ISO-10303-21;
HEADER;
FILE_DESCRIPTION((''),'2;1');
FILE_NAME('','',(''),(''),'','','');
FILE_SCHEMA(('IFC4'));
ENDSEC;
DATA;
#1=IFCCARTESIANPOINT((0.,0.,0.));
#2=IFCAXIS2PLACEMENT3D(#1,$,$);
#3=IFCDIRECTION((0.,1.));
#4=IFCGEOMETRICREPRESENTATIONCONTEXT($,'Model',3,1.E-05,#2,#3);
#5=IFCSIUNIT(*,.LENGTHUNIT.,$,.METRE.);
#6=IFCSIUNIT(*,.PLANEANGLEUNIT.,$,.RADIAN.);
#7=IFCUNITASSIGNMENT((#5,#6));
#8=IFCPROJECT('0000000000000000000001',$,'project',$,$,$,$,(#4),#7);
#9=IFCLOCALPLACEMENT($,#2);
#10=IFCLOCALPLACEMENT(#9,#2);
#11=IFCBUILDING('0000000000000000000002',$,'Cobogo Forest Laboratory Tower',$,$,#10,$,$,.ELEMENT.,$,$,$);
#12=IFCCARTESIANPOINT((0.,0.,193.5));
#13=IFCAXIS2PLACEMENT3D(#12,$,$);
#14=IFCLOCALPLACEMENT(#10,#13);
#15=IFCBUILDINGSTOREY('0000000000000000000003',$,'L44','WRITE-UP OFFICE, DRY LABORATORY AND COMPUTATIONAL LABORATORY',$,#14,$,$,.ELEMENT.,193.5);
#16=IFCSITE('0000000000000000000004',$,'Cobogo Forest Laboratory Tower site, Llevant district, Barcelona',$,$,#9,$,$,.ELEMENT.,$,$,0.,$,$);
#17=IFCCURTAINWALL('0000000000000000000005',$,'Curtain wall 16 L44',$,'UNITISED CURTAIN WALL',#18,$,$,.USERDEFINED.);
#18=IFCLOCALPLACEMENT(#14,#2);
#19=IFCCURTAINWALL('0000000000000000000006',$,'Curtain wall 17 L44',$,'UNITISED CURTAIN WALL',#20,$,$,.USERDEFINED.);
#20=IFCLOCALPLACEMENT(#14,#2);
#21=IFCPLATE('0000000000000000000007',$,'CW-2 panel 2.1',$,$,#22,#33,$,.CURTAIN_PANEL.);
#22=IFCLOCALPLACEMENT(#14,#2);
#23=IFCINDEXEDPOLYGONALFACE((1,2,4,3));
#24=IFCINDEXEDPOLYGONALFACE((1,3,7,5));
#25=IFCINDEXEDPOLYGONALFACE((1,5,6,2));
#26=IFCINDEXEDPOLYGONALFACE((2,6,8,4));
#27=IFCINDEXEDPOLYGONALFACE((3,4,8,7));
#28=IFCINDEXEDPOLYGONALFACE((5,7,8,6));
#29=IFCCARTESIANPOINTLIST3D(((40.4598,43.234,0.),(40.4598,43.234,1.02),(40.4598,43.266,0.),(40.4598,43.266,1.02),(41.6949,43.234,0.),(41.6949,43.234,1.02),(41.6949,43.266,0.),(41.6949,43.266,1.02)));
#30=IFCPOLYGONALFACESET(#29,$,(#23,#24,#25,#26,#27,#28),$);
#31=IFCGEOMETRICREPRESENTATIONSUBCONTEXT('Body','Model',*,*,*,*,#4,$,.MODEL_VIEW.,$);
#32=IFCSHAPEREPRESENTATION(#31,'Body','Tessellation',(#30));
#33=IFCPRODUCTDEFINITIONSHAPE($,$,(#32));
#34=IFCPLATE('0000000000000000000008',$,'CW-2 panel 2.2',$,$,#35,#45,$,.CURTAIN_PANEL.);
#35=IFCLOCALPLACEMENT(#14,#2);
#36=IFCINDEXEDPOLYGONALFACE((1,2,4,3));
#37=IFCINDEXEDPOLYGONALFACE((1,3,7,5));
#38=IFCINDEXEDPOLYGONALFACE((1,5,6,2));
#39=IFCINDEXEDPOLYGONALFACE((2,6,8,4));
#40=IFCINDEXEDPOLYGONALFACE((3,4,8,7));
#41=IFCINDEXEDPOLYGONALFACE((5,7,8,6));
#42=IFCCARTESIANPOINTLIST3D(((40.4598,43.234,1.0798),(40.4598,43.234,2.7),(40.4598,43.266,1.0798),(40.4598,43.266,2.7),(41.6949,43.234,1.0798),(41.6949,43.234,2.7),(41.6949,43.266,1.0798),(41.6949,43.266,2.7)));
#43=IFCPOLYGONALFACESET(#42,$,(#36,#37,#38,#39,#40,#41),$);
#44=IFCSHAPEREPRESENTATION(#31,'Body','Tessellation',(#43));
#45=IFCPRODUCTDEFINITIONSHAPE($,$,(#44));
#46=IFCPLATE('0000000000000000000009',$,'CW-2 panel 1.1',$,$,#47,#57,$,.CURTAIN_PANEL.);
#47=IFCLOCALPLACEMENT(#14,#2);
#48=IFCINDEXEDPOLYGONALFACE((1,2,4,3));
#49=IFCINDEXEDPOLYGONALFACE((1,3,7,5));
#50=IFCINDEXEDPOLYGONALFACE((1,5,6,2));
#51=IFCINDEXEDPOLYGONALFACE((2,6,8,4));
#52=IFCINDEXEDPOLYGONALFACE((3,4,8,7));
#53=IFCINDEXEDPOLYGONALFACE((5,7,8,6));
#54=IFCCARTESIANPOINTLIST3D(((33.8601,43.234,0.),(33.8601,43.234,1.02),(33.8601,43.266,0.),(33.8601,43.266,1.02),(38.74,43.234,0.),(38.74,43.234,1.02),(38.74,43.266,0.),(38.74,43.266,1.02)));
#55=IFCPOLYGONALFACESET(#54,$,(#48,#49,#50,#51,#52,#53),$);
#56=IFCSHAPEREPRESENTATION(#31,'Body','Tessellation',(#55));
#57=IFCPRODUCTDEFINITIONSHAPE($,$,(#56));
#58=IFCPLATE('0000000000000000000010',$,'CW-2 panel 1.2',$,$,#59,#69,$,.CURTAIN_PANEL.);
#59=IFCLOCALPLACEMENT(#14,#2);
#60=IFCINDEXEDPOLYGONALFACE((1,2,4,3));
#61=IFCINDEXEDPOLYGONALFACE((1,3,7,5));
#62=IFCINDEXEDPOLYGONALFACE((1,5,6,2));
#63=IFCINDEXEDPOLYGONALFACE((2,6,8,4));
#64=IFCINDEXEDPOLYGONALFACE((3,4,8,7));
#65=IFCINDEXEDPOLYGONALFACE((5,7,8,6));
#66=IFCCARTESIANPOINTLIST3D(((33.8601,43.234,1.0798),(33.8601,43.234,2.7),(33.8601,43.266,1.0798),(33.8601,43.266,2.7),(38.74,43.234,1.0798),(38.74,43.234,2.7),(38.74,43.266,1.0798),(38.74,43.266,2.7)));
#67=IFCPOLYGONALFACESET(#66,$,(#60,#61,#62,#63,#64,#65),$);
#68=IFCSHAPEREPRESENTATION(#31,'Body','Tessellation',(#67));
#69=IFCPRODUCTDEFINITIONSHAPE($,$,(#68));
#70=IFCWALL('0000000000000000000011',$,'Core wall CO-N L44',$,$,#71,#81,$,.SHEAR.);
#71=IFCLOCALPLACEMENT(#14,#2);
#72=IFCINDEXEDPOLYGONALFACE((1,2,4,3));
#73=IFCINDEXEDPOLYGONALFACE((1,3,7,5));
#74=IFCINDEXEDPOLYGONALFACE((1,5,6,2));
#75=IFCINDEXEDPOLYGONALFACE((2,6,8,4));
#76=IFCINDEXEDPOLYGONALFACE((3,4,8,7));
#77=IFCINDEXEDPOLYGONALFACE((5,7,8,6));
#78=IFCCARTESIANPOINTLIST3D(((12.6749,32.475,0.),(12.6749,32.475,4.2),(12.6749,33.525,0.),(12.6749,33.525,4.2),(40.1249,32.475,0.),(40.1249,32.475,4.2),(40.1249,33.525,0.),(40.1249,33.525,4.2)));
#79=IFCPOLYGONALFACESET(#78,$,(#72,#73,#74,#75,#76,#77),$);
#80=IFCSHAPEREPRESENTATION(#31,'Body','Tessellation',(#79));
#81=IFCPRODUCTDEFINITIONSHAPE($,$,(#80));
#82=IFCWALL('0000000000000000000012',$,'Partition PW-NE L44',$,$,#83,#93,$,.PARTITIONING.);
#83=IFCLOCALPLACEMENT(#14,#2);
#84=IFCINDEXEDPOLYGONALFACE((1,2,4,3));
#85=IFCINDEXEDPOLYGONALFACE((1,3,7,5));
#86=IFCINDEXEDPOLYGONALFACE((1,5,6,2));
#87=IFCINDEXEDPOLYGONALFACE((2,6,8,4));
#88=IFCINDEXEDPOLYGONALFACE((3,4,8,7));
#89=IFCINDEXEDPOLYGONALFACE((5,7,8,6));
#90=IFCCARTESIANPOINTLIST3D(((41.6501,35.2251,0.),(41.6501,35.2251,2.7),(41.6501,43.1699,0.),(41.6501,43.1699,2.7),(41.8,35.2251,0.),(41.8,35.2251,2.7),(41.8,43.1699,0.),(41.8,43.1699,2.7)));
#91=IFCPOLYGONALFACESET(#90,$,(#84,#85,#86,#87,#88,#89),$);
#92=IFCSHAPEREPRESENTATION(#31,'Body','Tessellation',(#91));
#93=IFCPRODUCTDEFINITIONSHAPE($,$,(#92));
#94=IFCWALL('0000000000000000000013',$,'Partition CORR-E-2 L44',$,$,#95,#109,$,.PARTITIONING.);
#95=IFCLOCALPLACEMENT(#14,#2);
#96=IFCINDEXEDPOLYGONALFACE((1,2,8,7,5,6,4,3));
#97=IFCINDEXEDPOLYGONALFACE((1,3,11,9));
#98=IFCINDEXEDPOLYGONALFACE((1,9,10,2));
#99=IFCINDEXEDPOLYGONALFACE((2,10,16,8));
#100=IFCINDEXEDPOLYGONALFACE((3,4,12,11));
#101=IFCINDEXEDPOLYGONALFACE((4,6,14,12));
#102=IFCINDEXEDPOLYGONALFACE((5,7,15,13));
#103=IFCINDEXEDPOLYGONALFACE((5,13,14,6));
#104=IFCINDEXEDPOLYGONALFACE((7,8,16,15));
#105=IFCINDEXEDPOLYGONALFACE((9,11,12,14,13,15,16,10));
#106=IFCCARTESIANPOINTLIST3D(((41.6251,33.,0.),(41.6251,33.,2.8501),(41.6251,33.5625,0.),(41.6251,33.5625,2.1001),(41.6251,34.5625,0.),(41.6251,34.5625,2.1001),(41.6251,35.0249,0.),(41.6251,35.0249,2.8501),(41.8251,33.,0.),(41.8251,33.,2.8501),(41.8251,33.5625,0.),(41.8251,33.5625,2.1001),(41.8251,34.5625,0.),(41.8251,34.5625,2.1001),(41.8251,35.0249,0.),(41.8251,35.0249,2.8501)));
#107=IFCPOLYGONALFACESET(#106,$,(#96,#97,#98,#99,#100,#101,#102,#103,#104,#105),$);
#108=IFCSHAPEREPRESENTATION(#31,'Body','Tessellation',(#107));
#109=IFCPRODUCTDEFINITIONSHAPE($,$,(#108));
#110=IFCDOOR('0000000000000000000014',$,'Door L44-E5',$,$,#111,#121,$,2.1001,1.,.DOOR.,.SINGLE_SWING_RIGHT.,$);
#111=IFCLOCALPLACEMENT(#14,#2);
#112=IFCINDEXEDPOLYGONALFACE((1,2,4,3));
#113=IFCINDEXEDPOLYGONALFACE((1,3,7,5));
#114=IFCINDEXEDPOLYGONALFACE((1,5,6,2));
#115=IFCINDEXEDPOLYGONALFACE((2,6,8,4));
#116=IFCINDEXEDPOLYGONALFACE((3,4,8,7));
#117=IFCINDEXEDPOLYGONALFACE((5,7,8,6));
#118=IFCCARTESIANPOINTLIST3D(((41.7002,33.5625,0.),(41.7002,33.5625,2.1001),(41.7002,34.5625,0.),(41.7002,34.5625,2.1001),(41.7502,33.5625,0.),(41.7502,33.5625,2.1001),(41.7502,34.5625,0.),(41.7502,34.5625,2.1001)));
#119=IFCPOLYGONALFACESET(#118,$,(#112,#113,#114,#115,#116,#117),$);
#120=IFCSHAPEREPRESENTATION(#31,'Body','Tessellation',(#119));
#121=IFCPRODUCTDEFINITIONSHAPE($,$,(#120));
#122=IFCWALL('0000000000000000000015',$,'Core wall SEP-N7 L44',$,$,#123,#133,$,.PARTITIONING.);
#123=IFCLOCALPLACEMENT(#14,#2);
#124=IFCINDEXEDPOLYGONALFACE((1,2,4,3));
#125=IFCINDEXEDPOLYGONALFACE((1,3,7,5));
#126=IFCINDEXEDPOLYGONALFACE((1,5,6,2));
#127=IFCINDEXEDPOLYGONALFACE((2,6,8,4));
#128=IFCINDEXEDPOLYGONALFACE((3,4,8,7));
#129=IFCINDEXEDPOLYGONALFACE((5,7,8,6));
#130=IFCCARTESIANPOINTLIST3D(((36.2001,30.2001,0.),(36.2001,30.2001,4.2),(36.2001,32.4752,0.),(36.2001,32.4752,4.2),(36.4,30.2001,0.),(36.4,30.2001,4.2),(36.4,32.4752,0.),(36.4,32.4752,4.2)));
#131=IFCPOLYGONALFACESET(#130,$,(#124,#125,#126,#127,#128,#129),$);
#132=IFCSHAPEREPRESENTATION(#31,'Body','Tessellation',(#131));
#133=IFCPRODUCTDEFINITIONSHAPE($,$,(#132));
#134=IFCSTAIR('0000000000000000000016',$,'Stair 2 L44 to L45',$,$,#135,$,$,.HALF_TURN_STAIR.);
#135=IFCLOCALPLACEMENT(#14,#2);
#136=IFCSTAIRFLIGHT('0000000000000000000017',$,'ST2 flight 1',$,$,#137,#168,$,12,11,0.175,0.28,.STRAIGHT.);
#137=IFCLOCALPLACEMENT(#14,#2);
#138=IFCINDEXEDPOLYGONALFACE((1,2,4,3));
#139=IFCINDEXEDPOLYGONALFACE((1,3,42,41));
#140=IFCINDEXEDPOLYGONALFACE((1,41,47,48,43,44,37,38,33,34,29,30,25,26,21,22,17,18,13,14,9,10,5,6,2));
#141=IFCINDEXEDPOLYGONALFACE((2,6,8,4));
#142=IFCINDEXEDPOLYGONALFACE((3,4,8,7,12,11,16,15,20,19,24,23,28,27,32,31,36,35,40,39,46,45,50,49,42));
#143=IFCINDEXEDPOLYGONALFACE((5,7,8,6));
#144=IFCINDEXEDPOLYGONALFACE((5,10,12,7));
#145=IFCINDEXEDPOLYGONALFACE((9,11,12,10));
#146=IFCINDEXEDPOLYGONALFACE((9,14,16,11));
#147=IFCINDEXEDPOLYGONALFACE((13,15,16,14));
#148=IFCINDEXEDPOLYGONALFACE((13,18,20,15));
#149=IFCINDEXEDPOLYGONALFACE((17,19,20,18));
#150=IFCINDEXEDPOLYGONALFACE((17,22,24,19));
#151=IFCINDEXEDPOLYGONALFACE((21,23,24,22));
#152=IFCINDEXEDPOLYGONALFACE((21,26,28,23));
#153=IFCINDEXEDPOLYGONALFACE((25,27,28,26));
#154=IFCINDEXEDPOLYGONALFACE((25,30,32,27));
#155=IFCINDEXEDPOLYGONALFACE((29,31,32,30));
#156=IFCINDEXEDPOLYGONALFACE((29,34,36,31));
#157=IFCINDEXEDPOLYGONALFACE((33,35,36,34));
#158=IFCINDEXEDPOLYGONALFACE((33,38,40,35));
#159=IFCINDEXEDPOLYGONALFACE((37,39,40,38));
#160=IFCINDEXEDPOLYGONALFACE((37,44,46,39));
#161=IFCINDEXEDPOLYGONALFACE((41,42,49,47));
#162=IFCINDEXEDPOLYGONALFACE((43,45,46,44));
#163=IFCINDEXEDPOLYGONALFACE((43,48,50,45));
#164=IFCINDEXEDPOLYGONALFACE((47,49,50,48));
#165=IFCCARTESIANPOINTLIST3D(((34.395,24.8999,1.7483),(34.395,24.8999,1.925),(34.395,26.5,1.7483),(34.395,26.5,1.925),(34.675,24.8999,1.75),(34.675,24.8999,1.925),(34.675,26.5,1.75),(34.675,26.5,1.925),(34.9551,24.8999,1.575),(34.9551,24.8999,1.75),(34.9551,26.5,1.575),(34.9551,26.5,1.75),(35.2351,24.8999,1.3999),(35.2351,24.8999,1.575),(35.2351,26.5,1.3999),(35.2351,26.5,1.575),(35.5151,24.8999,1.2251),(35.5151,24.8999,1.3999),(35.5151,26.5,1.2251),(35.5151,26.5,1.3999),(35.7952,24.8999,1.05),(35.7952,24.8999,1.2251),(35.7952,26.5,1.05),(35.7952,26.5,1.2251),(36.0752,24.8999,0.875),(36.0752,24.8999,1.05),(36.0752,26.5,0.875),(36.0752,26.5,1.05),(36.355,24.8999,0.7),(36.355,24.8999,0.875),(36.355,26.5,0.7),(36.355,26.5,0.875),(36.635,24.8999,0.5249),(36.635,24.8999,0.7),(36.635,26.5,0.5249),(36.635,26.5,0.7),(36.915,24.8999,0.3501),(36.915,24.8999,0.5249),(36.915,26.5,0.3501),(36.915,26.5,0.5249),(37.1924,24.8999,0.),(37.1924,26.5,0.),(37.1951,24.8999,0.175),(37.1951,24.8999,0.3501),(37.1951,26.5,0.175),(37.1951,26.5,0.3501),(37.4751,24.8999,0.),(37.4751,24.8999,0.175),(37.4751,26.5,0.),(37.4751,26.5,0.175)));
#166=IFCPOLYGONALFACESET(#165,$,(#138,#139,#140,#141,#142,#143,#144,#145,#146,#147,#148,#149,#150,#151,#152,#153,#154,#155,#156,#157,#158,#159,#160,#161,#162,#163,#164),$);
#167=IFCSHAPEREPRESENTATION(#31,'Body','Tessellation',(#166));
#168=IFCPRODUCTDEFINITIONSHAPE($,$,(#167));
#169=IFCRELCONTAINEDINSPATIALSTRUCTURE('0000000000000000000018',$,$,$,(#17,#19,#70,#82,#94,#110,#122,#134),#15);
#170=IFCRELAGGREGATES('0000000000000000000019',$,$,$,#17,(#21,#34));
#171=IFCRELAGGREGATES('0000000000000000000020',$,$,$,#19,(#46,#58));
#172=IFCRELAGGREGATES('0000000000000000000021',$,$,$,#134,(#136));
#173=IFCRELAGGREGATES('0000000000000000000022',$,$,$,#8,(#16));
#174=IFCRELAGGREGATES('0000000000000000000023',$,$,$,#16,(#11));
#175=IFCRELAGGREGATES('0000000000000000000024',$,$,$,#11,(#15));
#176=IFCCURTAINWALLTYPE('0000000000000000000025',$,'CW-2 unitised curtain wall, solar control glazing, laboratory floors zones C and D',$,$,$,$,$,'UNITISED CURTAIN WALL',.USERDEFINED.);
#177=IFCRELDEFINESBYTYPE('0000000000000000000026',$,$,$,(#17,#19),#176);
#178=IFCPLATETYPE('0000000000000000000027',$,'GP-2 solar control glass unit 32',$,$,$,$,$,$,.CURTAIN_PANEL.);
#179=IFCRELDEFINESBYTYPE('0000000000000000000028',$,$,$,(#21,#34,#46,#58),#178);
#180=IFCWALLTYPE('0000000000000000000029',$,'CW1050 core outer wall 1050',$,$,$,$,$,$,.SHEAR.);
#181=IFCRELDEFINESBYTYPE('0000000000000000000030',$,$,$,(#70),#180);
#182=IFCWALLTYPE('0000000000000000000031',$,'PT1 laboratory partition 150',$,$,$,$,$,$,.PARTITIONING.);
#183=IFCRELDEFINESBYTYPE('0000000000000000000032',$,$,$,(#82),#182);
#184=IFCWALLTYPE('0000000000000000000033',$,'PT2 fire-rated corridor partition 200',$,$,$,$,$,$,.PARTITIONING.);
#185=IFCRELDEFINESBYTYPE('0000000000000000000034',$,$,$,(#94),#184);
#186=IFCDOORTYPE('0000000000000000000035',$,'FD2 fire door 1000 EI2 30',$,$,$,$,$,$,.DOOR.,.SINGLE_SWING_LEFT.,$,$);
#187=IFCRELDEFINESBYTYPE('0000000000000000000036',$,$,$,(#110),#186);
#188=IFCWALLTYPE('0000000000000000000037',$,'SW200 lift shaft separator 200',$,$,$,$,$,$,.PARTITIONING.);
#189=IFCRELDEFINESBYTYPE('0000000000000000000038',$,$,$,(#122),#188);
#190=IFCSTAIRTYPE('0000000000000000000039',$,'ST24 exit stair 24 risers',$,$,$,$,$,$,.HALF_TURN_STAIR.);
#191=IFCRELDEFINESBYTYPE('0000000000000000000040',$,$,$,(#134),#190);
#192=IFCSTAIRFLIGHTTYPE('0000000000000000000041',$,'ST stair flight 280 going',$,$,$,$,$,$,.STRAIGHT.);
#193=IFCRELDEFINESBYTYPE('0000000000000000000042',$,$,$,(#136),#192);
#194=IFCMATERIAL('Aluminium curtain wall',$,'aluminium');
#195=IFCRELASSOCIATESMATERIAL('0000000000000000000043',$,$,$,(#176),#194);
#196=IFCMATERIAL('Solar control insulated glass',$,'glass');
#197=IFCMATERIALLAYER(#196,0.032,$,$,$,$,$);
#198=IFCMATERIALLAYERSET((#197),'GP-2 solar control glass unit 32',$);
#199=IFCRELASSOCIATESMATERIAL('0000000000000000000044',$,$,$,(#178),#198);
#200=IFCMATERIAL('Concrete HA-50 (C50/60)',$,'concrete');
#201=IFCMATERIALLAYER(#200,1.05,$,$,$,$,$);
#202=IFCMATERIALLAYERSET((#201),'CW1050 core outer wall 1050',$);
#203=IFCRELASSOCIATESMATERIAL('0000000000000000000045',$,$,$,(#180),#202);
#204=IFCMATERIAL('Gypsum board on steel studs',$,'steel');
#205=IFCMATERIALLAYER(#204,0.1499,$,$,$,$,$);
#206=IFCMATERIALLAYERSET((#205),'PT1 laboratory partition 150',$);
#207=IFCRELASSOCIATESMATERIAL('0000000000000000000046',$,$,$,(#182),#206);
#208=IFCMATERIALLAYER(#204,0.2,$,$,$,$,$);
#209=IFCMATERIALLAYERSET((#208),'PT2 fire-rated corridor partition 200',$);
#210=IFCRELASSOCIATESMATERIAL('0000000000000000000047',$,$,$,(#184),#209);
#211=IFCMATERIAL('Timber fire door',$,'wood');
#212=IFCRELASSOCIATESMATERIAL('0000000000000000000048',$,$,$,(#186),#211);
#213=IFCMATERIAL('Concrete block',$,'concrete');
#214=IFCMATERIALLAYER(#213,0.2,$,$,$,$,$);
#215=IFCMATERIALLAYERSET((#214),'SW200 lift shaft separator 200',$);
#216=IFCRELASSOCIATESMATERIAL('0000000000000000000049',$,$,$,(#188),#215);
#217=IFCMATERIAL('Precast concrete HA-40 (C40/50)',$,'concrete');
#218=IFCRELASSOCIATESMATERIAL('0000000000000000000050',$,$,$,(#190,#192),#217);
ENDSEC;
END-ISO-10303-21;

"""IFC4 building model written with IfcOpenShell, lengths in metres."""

from ifc_helpers import new_model, si_unit, direction, frame, frame_2d, origin, origin_2d, place, context, subcontext, project, spatial, polyline, rectangle, outline, extrude, material, layer, layer_set, type_object, element, fill, aggregate, save


model = new_model("IFC4")

# Units and contexts
model_context = context("Model", 3, precision=1e-05, world=origin(), true_north=direction((0.0, 1.0)))
body_context = subcontext(model_context, "Body", "Model", "MODEL_VIEW")
ifc_project = project(units=[si_unit("LENGTHUNIT", "METRE"), si_unit("PLANEANGLEUNIT", "RADIAN")], contexts=[model_context])

# Site, building, storey
site_placement = place(None, origin())
site = spatial("IfcSite", under=ifc_project, at=site_placement, Name="Cobogo Forest Laboratory Tower site, Llevant district, Barcelona", CompositionType="ELEMENT", RefElevation=0.0)
building_placement = place(site_placement, origin())
building = spatial("IfcBuilding", under=site, at=building_placement, Name="Cobogo Forest Laboratory Tower", CompositionType="ELEMENT")
storey_placement = place(building_placement, frame((0.0, 0.0, 193.5)))
storey = spatial("IfcBuildingStorey", under=building, at=storey_placement, Name="L44", Description="WRITE-UP OFFICE, DRY LABORATORY AND COMPUTATIONAL LABORATORY", CompositionType="ELEMENT", Elevation=193.5)

# Shared definitions
ifc_material_1 = material(Name="Concrete HA-50 (C50/60)", Category="concrete")

# Curtain walls
ifc_material_2 = material(Name="Aluminium curtain wall", Category="aluminium")
curtain_wall_type = type_object("IfcCurtainWallType", Name="CW-2 unitised curtain wall, solar control glazing, laboratory floors zones C and D", ElementType="UNITISED CURTAIN WALL", PredefinedType="USERDEFINED", material=ifc_material_2)
curtain_wall_1_placement = place(storey_placement, origin())
curtain_wall_1 = element("IfcCurtainWall", 1, at=curtain_wall_1_placement, inside=storey, type_object=curtain_wall_type, Name="Curtain wall 16 L44", ObjectType="UNITISED CURTAIN WALL", PredefinedType="USERDEFINED")
curtain_wall_2_placement = place(storey_placement, origin())
curtain_wall_2 = element("IfcCurtainWall", 2, at=curtain_wall_2_placement, inside=storey, type_object=curtain_wall_type, Name="Curtain wall 17 L44", ObjectType="UNITISED CURTAIN WALL", PredefinedType="USERDEFINED")

# Plates
ifc_material_3 = material(Name="Solar control insulated glass", Category="glass")
ifc_layer_1 = layer(ifc_material_3, 0.032)
ifc_layer_set_1 = layer_set([ifc_layer_1], Name="GP-2 solar control glass unit 32")
plate_type_1 = type_object("IfcPlateType", Name="GP-2 solar control glass unit 32", PredefinedType="CURTAIN_PANEL", material=ifc_layer_set_1)
plate_1_placement = place(storey_placement, frame((41.0774, 43.25, 0.0), z_axis=(0.0, 0.0, 1.0), x_axis=(-1.0, 0.0, 0.0)))
plate_1 = element("IfcPlate", 3, at=plate_1_placement, type_object=plate_type_1, Name="CW-2 panel 2.1", PredefinedType="CURTAIN_PANEL", context=body_context, shape_type="SweptSolid", body=[
    extrude(rectangle(XDim=1.2351, YDim=0.032, at=origin_2d()), origin(), (0.0, 0.0, 1.0), 1.02),
])
plate_2_placement = place(storey_placement, frame((41.0774, 43.25, 1.0798), z_axis=(0.0, 0.0, 1.0), x_axis=(-1.0, 0.0, 0.0)))
plate_2 = element("IfcPlate", 4, at=plate_2_placement, type_object=plate_type_1, Name="CW-2 panel 2.2", PredefinedType="CURTAIN_PANEL", context=body_context, shape_type="SweptSolid", body=[
    extrude(rectangle(XDim=1.2351, YDim=0.032, at=origin_2d()), origin(), (0.0, 0.0, 1.0), 1.6201),
])
aggregate(curtain_wall_1, [plate_1, plate_2])
plate_3_placement = place(storey_placement, frame((36.3, 43.25, 0.0), z_axis=(0.0, 0.0, 1.0), x_axis=(-1.0, 0.0, 0.0)))
plate_3 = element("IfcPlate", 5, at=plate_3_placement, type_object=plate_type_1, Name="CW-2 panel 1.1", PredefinedType="CURTAIN_PANEL", context=body_context, shape_type="SweptSolid", body=[
    extrude(rectangle(XDim=4.8799, YDim=0.032, at=origin_2d()), origin(), (0.0, 0.0, 1.0), 1.02),
])
plate_4_placement = place(storey_placement, frame((36.3, 43.25, 1.0798), z_axis=(0.0, 0.0, 1.0), x_axis=(-1.0, 0.0, 0.0)))
plate_4 = element("IfcPlate", 6, at=plate_4_placement, type_object=plate_type_1, Name="CW-2 panel 1.2", PredefinedType="CURTAIN_PANEL", context=body_context, shape_type="SweptSolid", body=[
    extrude(rectangle(XDim=4.8799, YDim=0.032, at=origin_2d()), origin(), (0.0, 0.0, 1.0), 1.6201),
])
aggregate(curtain_wall_2, [plate_3, plate_4])

# Walls
ifc_layer_2 = layer(ifc_material_1, 1.05)
ifc_layer_set_2 = layer_set([ifc_layer_2], Name="CW1050 core outer wall 1050")
wall_type_1 = type_object("IfcWallType", Name="CW1050 core outer wall 1050", PredefinedType="SHEAR", material=ifc_layer_set_2)
wall_1_placement = place(storey_placement, frame((40.125, 33.0, 0.0), z_axis=(0.0, 0.0, 1.0), x_axis=(-1.0, 0.0, 0.0)))
element("IfcWall", 7, at=wall_1_placement, inside=storey, type_object=wall_type_1, Name="Core wall CO-N L44", PredefinedType="SHEAR", context=body_context, shape_type="SweptSolid", body=[
    extrude(rectangle(XDim=27.45, YDim=1.05, at=frame_2d((13.7251, 0.0))), origin(), (0.0, 0.0, 1.0), 4.2),
])
ifc_material_4 = material(Name="Gypsum board on steel studs", Category="steel")
ifc_layer_3 = layer(ifc_material_4, 0.1499)
ifc_layer_set_3 = layer_set([ifc_layer_3], Name="PT1 laboratory partition 150")
wall_type_2 = type_object("IfcWallType", Name="PT1 laboratory partition 150", PredefinedType="PARTITIONING", material=ifc_layer_set_3)
wall_2_placement = place(storey_placement, frame((41.7251, 43.1699, 0.0), z_axis=(0.0, 0.0, 1.0), x_axis=(0.0, -1.0, 0.0)))
element("IfcWall", 8, at=wall_2_placement, inside=storey, type_object=wall_type_2, Name="Partition PW-NE L44", PredefinedType="PARTITIONING", context=body_context, shape_type="SweptSolid", body=[
    extrude(rectangle(XDim=7.9448, YDim=0.1499, at=frame_2d((3.9724, 0.0))), origin(), (0.0, 0.0, 1.0), 2.7),
])

# Wall, opening, door
ifc_layer_4 = layer(ifc_material_4, 0.2)
ifc_layer_set_4 = layer_set([ifc_layer_4], Name="PT2 fire-rated corridor partition 200")
wall_type_3 = type_object("IfcWallType", Name="PT2 fire-rated corridor partition 200", PredefinedType="PARTITIONING", material=ifc_layer_set_4)
wall_3_placement = place(storey_placement, frame((41.7251, 33.0, 0.0), z_axis=(0.0, 0.0, 1.0), x_axis=(0.0, 1.0, 0.0)))
wall_3 = element("IfcWall", 9, at=wall_3_placement, inside=storey, type_object=wall_type_3, Name="Partition CORR-E-2 L44", PredefinedType="PARTITIONING", context=body_context, shape_type="SweptSolid", body=[
    extrude(rectangle(XDim=2.0249, YDim=0.2, at=frame_2d((1.0125, 0.0))), origin(), (0.0, 0.0, 1.0), 2.8501),
])
opening_placement = place(wall_3_placement, frame((0.5625, 0.0, 0.0)))
opening = element("IfcOpeningElement", 10, at=opening_placement, cuts=wall_3, PredefinedType="OPENING", context=body_context, shape_type="SweptSolid", body=[
    extrude(rectangle(XDim=1.0, YDim=2.1001, at=frame_2d((0.5, 1.05))), frame((0.0, 0.1099, 0.0), z_axis=(0.0, -1.0, 0.0), x_axis=(1.0, 0.0, 0.0)), (0.0, 0.0, 1.0), 0.22),
])
ifc_material_5 = material(Name="Timber fire door", Category="wood")
door_type = type_object("IfcDoorType", Name="FD2 fire door 1000 EI2 30", OperationType="SINGLE_SWING_LEFT", PredefinedType="DOOR", material=ifc_material_5)
door_placement = place(opening_placement, origin())
door = element("IfcDoor", 11, at=door_placement, inside=storey, type_object=door_type, Name="Door L44-E5", OperationType="SINGLE_SWING_RIGHT", OverallHeight=2.1001, OverallWidth=1.0, PredefinedType="DOOR", context=body_context, shape_type="SweptSolid", body=[
    extrude(rectangle(XDim=1.0, YDim=2.1001, at=frame_2d((0.5, 1.05))), frame((0.0, 0.0249, 0.0), z_axis=(0.0, -1.0, 0.0), x_axis=(1.0, 0.0, 0.0)), (0.0, 0.0, 1.0), 0.05),
])
fill(opening, door)

# Wall
ifc_material_6 = material(Name="Concrete block", Category="concrete")
ifc_layer_5 = layer(ifc_material_6, 0.2)
ifc_layer_set_5 = layer_set([ifc_layer_5], Name="SW200 lift shaft separator 200")
wall_type_4 = type_object("IfcWallType", Name="SW200 lift shaft separator 200", PredefinedType="PARTITIONING", material=ifc_layer_set_5)
wall_4_placement = place(storey_placement, frame((36.3, 30.2, 0.0), z_axis=(0.0, 0.0, 1.0), x_axis=(0.0, 1.0, 0.0)))
element("IfcWall", 12, at=wall_4_placement, inside=storey, type_object=wall_type_4, Name="Core wall SEP-N7 L44", PredefinedType="PARTITIONING", context=body_context, shape_type="SweptSolid", body=[
    extrude(rectangle(XDim=2.2751, YDim=0.2, at=frame_2d((1.1377, 0.0))), origin(), (0.0, 0.0, 1.0), 4.2),
])

# Stair, stair flight
ifc_material_7 = material(Name="Precast concrete HA-40 (C40/50)", Category="concrete")
stair_type = type_object("IfcStairType", Name="ST24 exit stair 24 risers", PredefinedType="HALF_TURN_STAIR", material=ifc_material_7)
stair_placement = place(storey_placement, origin())
stair = element("IfcStair", 13, at=stair_placement, inside=storey, type_object=stair_type, Name="Stair 2 L44 to L45", PredefinedType="HALF_TURN_STAIR")
stair_flight_type = type_object("IfcStairFlightType", Name="ST stair flight 280 going", PredefinedType="STRAIGHT", material=ifc_material_7)
stair_flight_1_placement = place(storey_placement, frame((37.4751, 25.7, 0.0), z_axis=(0.0, 0.0, 1.0), x_axis=(-1.0, 0.0, 0.0)))
stair_flight_1 = element("IfcStairFlight", 14, at=stair_flight_1_placement, type_object=stair_flight_type, Name="ST2 flight 1", NumberOfRisers=12, NumberOfTreads=11, PredefinedType="STRAIGHT", RiserHeight=0.175, TreadLength=0.28, context=body_context, shape_type="SweptSolid", body=[
    extrude(outline(polyline([(0.0, 0.0), (0.0, 0.175), (0.28, 0.175), (0.28, 0.3501), (0.5601, 0.3501), (0.5601, 0.5249), (0.8401, 0.5249), (0.8401, 0.7), (1.1201, 0.7), (1.1201, 0.875), (1.3999, 0.875), (1.3999, 1.05), (1.6799, 1.05), (1.6799, 1.2251), (1.96, 1.2251), (1.96, 1.3999), (2.24, 1.3999), (2.24, 1.575), (2.52, 1.575), (2.52, 1.75), (2.8, 1.75), (2.8, 1.925), (3.0801, 1.925), (3.0801, 2.1001), (3.0801, 1.7483), (0.2827, 0.0), (0.0, 0.0)])), frame((0.0, 0.8, 0.0), z_axis=(0.0, -1.0, 0.0), x_axis=(1.0, 0.0, 0.0)), (0.0, 0.0, 1.0), 1.6001),
])
aggregate(stair, [stair_flight_1])

save(model, "model.ifc")
